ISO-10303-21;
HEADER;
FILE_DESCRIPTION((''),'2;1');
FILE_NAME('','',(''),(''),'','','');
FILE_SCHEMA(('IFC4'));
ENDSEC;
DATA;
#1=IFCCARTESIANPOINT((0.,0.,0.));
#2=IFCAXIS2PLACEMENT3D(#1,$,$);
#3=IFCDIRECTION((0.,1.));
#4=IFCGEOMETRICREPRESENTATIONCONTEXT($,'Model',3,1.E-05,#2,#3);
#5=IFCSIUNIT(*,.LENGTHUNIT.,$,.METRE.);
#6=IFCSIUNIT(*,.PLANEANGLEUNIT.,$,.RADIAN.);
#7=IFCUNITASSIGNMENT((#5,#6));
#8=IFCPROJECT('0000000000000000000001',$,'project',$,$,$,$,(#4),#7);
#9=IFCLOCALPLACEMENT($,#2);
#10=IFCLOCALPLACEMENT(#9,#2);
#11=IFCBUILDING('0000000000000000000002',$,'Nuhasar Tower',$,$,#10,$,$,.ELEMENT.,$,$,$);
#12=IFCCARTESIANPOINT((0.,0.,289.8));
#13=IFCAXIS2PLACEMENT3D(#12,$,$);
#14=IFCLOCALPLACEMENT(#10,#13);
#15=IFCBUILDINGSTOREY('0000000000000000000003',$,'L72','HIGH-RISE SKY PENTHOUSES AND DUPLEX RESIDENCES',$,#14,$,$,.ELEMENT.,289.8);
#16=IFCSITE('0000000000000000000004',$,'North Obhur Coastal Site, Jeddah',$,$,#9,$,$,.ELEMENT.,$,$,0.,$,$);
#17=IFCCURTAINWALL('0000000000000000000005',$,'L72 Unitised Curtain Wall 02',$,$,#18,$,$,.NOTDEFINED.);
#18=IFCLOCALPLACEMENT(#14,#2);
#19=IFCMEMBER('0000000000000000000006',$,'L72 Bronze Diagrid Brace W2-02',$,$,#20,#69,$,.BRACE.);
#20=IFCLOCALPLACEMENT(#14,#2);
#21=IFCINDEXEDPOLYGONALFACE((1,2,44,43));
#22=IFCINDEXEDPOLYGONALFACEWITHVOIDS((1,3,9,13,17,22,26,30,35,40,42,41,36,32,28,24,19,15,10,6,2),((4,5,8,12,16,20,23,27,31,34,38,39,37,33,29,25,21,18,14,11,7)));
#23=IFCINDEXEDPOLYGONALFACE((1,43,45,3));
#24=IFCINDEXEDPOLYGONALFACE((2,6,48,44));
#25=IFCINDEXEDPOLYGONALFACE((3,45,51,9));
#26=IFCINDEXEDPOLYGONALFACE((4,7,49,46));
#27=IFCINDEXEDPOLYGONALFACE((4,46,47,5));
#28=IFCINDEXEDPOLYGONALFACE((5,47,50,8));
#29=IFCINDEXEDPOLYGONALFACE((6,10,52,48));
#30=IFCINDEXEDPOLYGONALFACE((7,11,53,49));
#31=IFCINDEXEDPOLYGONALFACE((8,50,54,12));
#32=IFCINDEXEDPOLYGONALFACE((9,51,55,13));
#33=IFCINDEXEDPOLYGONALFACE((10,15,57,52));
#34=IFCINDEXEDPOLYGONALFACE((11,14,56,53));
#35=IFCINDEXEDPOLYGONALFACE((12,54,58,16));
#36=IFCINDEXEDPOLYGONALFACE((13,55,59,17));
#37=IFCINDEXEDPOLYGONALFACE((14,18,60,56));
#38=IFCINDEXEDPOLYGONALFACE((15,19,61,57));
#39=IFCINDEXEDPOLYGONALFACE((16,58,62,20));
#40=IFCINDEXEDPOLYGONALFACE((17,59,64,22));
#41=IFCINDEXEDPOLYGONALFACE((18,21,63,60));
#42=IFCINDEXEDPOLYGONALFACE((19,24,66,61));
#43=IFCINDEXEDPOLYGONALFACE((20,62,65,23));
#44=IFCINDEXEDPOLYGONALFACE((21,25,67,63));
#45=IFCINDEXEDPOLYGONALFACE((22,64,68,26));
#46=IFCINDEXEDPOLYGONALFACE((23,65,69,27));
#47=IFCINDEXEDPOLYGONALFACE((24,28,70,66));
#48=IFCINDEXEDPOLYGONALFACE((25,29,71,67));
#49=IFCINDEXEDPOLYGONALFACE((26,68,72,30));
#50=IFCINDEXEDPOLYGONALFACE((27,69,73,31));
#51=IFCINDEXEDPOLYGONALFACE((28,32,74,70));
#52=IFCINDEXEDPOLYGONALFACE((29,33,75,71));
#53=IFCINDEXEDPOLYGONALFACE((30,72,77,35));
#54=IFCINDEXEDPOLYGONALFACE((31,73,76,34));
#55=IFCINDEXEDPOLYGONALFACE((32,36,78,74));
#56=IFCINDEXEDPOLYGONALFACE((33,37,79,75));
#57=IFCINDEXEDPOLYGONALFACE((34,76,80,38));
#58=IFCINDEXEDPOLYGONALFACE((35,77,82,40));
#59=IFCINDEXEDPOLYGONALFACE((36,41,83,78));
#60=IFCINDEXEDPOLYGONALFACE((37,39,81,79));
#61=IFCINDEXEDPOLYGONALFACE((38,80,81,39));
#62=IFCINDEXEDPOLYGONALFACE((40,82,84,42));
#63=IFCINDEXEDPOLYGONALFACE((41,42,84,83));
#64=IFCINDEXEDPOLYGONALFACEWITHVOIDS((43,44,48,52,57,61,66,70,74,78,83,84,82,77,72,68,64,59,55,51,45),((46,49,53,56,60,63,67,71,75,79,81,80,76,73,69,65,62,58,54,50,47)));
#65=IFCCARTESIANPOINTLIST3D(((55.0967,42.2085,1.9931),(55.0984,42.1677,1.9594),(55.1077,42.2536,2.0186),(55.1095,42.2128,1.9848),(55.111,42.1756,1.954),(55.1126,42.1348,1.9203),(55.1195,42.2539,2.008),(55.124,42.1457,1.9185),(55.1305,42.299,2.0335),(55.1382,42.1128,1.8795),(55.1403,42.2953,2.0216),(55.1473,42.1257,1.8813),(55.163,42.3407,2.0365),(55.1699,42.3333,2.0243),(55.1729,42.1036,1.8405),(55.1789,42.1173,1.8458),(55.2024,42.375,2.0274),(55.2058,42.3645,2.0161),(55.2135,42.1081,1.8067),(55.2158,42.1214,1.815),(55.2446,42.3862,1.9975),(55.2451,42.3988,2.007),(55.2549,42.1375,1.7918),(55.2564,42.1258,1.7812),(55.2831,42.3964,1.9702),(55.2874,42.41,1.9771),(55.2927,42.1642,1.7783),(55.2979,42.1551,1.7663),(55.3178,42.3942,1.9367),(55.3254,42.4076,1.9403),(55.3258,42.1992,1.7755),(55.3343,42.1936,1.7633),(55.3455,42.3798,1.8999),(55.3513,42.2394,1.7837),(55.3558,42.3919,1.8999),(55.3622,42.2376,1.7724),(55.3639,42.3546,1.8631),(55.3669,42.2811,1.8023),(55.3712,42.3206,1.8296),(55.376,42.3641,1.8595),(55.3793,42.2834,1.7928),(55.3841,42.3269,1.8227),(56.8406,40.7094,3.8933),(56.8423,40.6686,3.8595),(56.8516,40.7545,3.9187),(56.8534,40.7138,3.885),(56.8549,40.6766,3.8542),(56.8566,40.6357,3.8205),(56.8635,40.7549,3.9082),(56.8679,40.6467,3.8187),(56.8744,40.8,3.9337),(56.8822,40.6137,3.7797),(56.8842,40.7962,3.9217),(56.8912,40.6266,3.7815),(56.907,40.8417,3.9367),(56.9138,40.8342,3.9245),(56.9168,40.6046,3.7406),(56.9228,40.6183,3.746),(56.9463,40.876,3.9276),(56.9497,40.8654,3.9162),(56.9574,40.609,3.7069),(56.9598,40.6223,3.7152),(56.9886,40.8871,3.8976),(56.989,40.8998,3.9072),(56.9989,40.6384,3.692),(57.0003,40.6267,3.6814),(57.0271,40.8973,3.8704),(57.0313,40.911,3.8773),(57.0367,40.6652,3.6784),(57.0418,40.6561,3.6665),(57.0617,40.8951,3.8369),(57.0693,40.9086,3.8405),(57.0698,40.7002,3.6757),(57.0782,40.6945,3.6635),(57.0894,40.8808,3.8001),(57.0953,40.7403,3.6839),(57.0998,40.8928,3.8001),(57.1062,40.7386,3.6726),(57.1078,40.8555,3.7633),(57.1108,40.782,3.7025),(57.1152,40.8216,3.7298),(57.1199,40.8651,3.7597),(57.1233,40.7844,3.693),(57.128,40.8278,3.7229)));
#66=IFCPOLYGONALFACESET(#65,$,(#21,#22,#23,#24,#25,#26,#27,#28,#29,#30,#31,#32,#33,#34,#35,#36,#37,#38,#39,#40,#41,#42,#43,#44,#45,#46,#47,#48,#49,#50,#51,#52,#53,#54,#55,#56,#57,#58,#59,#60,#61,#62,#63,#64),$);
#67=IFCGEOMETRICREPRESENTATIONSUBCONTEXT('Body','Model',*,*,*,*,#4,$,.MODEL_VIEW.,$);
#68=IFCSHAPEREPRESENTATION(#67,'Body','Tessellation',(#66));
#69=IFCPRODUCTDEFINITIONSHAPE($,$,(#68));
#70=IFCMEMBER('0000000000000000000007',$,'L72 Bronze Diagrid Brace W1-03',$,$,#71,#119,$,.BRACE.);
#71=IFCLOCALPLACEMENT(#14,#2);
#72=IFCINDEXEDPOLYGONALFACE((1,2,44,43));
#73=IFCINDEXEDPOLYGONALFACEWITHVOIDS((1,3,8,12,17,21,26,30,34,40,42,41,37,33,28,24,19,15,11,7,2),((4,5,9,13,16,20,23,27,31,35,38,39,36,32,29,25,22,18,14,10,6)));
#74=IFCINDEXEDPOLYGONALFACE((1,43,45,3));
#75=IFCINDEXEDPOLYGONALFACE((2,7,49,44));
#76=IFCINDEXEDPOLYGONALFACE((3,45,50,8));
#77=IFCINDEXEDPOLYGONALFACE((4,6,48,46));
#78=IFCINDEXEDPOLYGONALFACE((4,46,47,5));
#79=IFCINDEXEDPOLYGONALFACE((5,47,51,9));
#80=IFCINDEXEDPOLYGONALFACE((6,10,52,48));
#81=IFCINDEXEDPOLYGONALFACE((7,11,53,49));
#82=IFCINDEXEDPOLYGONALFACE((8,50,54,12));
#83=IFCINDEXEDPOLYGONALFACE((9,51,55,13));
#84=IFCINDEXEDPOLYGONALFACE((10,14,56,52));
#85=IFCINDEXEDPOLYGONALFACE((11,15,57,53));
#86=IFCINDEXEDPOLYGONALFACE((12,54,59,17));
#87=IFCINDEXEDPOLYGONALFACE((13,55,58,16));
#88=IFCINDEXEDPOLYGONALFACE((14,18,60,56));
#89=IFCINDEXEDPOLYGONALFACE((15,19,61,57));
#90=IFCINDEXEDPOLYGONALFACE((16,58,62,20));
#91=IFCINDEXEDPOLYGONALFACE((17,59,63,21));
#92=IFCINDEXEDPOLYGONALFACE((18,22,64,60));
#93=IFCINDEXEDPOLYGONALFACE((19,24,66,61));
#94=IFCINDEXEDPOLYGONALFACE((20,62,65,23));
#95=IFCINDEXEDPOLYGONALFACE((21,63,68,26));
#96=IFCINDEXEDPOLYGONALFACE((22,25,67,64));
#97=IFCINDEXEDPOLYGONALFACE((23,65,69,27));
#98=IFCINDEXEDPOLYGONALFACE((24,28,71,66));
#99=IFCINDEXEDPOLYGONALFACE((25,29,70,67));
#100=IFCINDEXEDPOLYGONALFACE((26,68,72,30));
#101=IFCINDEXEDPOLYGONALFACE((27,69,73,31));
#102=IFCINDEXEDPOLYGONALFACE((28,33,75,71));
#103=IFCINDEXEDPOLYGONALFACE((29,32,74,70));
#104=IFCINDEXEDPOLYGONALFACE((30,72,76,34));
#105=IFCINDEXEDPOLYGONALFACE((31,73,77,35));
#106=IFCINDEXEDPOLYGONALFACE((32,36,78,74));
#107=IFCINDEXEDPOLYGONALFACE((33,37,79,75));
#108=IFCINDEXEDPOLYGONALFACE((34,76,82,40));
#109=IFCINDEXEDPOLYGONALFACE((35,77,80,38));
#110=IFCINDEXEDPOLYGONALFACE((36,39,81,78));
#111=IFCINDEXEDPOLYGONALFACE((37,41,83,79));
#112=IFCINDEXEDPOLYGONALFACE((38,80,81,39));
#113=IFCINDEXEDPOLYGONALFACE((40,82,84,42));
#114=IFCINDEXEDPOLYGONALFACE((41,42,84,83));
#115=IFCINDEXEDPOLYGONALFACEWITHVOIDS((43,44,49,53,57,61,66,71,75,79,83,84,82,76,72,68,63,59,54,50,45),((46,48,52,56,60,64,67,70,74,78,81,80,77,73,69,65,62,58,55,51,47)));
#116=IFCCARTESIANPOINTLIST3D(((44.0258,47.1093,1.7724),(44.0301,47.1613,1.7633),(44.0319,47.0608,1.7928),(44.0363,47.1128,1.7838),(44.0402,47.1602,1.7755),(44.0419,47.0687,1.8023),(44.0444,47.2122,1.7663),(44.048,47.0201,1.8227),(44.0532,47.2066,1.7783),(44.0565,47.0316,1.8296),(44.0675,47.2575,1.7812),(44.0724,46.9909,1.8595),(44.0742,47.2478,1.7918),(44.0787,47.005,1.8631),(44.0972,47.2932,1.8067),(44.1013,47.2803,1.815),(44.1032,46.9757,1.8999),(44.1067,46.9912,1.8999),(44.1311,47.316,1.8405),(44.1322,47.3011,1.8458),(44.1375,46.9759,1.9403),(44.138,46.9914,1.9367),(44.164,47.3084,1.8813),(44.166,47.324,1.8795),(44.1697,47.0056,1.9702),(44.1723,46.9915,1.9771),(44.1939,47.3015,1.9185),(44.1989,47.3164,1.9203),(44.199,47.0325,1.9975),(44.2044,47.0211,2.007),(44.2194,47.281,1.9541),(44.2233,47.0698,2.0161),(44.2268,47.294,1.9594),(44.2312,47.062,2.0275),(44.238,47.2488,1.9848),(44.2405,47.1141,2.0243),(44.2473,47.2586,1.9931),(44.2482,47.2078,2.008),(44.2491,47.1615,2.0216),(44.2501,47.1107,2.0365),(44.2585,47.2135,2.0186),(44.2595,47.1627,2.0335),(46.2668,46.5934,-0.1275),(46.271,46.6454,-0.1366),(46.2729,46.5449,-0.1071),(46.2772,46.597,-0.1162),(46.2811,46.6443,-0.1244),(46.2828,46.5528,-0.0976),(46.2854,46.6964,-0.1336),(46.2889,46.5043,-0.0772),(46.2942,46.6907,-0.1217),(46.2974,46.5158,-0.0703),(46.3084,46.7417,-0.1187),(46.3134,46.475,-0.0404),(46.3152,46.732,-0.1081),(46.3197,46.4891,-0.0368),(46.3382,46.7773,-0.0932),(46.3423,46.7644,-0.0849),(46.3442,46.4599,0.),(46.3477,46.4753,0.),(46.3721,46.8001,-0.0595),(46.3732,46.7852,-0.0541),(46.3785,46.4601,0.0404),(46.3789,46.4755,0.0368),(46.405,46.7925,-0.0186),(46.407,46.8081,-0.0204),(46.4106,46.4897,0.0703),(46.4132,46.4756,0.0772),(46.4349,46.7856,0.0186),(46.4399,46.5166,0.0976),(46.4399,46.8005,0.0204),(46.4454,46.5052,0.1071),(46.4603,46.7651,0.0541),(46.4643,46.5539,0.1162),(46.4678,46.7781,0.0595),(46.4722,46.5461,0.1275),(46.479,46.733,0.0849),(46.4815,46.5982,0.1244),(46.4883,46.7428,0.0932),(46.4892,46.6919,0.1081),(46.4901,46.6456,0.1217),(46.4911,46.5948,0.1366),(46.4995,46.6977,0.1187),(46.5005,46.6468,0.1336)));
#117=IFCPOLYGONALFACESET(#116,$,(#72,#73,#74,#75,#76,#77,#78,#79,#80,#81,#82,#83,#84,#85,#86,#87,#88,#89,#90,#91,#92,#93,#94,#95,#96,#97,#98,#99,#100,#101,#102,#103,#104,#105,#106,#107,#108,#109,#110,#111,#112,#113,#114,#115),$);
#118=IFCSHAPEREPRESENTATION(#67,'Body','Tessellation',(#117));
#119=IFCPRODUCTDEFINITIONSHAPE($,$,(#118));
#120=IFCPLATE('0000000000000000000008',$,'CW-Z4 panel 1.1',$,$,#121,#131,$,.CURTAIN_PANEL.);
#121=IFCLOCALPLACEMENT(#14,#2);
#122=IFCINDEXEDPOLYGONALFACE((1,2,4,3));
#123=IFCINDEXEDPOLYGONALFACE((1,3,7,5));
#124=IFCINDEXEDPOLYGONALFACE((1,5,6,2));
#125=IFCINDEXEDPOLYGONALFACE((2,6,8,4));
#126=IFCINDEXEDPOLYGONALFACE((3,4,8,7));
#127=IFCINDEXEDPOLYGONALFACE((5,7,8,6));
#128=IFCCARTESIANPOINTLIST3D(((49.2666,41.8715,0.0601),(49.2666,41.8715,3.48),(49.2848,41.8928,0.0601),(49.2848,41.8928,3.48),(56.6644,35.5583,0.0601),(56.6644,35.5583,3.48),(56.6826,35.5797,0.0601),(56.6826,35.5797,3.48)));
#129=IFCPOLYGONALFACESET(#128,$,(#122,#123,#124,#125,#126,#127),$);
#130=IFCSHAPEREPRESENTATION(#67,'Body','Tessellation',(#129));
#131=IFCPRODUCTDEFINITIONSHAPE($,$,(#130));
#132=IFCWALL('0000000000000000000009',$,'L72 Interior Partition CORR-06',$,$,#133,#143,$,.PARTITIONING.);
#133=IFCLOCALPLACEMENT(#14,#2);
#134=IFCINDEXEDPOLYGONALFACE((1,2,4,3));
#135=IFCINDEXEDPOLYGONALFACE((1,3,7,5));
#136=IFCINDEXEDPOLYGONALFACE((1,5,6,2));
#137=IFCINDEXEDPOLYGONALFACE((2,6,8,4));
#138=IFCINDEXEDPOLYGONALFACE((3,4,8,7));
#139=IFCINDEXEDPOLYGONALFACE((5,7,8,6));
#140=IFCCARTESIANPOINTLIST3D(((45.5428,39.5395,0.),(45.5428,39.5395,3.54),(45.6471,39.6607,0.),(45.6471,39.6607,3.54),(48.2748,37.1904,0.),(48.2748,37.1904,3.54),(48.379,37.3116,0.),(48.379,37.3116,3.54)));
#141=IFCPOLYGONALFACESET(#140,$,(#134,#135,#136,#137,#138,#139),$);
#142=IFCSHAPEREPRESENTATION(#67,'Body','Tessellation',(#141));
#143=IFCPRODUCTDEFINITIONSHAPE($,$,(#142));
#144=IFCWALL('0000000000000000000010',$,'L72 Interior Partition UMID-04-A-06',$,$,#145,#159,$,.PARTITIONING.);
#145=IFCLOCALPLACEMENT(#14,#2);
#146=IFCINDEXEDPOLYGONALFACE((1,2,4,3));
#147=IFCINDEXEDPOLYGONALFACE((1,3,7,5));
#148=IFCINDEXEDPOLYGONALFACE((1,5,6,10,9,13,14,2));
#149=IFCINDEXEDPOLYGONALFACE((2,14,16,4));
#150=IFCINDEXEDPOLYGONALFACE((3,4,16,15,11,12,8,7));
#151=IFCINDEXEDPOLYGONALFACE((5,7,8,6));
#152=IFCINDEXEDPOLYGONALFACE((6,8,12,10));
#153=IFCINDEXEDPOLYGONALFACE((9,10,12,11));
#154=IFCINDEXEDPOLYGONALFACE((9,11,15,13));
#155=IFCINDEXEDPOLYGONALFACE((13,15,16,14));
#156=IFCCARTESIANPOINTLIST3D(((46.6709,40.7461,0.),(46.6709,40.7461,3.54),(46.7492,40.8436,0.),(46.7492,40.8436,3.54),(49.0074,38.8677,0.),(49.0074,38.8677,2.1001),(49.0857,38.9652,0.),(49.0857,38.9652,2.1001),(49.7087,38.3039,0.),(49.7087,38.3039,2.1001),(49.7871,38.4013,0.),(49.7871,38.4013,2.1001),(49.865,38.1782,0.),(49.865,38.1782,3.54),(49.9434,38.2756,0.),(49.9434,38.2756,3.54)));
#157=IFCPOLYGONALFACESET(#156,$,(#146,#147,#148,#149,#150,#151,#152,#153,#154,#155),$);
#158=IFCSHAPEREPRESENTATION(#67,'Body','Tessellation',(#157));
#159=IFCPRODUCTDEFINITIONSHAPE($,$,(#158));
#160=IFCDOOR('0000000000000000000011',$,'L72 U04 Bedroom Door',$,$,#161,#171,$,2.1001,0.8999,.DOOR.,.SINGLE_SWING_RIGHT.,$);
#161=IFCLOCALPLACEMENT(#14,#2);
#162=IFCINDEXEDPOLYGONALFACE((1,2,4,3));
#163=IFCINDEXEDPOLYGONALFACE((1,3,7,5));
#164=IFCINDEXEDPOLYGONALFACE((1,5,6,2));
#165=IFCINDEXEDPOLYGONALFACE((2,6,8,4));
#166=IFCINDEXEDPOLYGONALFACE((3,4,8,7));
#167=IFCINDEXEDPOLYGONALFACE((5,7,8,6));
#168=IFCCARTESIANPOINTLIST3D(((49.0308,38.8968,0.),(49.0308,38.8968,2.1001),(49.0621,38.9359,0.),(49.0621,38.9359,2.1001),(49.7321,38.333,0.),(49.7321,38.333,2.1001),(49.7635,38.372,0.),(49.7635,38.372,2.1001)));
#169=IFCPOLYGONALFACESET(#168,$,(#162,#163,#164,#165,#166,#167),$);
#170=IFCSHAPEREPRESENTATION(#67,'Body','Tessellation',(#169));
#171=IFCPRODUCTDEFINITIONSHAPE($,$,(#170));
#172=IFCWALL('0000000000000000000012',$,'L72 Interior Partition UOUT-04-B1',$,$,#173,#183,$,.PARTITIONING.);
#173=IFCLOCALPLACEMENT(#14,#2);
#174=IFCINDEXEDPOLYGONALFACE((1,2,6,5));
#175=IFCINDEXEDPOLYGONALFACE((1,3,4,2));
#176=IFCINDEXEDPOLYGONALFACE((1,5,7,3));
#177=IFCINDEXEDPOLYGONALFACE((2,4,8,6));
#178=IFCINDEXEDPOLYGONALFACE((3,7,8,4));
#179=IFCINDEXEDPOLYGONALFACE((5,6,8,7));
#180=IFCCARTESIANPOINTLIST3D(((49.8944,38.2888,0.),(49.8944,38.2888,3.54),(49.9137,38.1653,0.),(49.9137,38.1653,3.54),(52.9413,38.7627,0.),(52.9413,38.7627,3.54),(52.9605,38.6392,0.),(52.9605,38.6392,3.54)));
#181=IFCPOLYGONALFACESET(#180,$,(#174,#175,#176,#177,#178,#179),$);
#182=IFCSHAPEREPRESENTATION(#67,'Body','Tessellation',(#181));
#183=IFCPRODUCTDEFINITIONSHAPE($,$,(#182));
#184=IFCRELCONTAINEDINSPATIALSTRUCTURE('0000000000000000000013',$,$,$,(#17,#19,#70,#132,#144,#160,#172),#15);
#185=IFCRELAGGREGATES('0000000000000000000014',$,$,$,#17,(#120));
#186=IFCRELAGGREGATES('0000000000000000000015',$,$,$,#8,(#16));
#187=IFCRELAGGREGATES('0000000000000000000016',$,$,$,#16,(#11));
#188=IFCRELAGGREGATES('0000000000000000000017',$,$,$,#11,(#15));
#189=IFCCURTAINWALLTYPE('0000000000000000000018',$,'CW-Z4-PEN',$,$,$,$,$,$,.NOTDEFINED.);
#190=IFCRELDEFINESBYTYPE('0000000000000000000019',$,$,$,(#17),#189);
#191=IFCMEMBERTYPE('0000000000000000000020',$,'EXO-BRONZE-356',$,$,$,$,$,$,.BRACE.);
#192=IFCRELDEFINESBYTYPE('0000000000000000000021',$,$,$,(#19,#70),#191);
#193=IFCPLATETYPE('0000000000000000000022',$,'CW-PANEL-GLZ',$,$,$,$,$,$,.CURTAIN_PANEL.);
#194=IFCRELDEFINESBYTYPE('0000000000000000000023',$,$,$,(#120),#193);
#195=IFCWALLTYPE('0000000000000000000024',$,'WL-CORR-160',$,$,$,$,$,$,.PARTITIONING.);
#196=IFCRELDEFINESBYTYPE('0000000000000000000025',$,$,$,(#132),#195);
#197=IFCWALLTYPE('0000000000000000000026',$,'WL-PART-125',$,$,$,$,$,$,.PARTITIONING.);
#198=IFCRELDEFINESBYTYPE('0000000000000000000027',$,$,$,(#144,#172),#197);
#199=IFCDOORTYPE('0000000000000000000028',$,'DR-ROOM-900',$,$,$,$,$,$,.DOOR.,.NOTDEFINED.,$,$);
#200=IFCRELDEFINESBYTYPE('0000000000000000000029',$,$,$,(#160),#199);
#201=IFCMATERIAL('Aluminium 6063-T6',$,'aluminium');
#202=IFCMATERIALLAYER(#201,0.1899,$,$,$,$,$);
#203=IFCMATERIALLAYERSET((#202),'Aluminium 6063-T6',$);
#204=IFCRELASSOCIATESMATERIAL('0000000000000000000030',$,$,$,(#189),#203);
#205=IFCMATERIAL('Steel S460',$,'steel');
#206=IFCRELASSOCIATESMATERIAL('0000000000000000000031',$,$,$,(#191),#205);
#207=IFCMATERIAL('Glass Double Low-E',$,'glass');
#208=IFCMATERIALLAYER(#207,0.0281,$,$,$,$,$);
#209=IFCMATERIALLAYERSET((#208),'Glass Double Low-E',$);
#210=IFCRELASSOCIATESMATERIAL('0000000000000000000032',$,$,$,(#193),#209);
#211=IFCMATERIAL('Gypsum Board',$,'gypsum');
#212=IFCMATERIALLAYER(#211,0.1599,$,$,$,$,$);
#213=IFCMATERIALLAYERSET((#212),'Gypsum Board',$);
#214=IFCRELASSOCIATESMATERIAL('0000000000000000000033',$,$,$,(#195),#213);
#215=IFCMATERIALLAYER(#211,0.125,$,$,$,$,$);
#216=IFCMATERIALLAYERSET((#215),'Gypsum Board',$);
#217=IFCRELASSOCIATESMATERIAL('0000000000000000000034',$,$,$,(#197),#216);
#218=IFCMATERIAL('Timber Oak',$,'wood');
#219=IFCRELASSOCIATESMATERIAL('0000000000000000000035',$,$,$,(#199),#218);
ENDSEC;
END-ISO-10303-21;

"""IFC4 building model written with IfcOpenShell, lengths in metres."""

from ifc_helpers import new_model, si_unit, direction, frame, frame_2d, origin, origin_2d, place, context, subcontext, project, spatial, rectangle, hollow_circle, extrude, material, layer, layer_set, material_profile, profile_set, type_object, element, fill, aggregate, save


model = new_model("IFC4")

# Units and contexts
model_context = context("Model", 3, precision=1e-05, world=origin(), true_north=direction((0.0, 1.0)))
body_context = subcontext(model_context, "Body", "Model", "MODEL_VIEW")
ifc_project = project(units=[si_unit("LENGTHUNIT", "METRE"), si_unit("PLANEANGLEUNIT", "RADIAN")], contexts=[model_context])

# Site, building, storey
site_placement = place(None, origin())
site = spatial("IfcSite", under=ifc_project, at=site_placement, Name="North Obhur Coastal Site, Jeddah", CompositionType="ELEMENT", RefElevation=0.0)
building_placement = place(site_placement, origin())
building = spatial("IfcBuilding", under=site, at=building_placement, Name="Nuhasar Tower", CompositionType="ELEMENT")
storey_placement = place(building_placement, frame((0.0, 0.0, 289.8)))
storey = spatial("IfcBuildingStorey", under=building, at=storey_placement, Name="L72", Description="HIGH-RISE SKY PENTHOUSES AND DUPLEX RESIDENCES", CompositionType="ELEMENT", Elevation=289.8)

# Curtain wall
ifc_material_1 = material(Name="Aluminium 6063-T6", Category="aluminium")
ifc_layer_1 = layer(ifc_material_1, 0.1899)
ifc_layer_set_1 = layer_set([ifc_layer_1], Name="Aluminium 6063-T6")
curtain_wall_type = type_object("IfcCurtainWallType", Name="CW-Z4-PEN", PredefinedType="NOTDEFINED", material=ifc_layer_set_1)
curtain_wall_1_placement = place(storey_placement, origin())
curtain_wall_1 = element("IfcCurtainWall", 1, at=curtain_wall_1_placement, inside=storey, type_object=curtain_wall_type, Name="L72 Unitised Curtain Wall 02", PredefinedType="NOTDEFINED")

# Members
ifc_material_2 = material(Name="Steel S460", Category="steel")
ifc_material_profile_1 = material_profile(ifc_material_2, hollow_circle(Radius=0.1777, WallThickness=0.0159, at=origin_2d()), Name="HSS355.6X15.9")
ifc_profile_set_1 = profile_set([ifc_material_profile_1], Name="Steel S460")
member_type_1 = type_object("IfcMemberType", Name="EXO-BRONZE-356", PredefinedType="BRACE", material=ifc_profile_set_1)
member_1_placement = place(storey_placement, frame((55.24, 42.2571, 1.8999), z_axis=(0.584595, -0.502508, 0.636973), x_axis=(0.651857, 0.758342, 0.0)))
element("IfcMember", 2, at=member_1_placement, inside=storey, type_object=member_type_1, Name="L72 Bronze Diagrid Brace W2-02", PredefinedType="BRACE", context=body_context, shape_type="SweptSolid", body=[
    extrude(hollow_circle(Radius=0.1777, WallThickness=0.0159, at=origin_2d()), origin(), (0.0, 0.0, 1.0), 2.9832),
])
member_2_placement = place(storey_placement, frame((46.384, 46.6331, 0.0), z_axis=(-0.751272, 0.172942, 0.636932), x_axis=(-0.224332, -0.974513, 0.0)))
element("IfcMember", 3, at=member_2_placement, inside=storey, type_object=member_type_1, Name="L72 Bronze Diagrid Brace W1-03", PredefinedType="BRACE", context=body_context, shape_type="SweptSolid", body=[
    extrude(hollow_circle(Radius=0.1777, WallThickness=0.0159, at=origin_2d()), origin(), (0.0, 0.0, 1.0), 2.9829),
])

# Plate
ifc_material_3 = material(Name="Glass Double Low-E", Category="glass")
ifc_layer_2 = layer(ifc_material_3, 0.0281)
ifc_layer_set_2 = layer_set([ifc_layer_2], Name="Glass Double Low-E")
plate_type = type_object("IfcPlateType", Name="CW-PANEL-GLZ", PredefinedType="CURTAIN_PANEL", material=ifc_layer_set_2)
plate_placement = place(storey_placement, frame((52.9746, 38.7256, 0.0601), z_axis=(0.0, 0.0, 1.0), x_axis=(-0.760667, 0.649142, 0.0)))
plate = element("IfcPlate", 4, at=plate_placement, type_object=plate_type, Name="CW-Z4 panel 1.1", PredefinedType="CURTAIN_PANEL", context=body_context, shape_type="SweptSolid", body=[
    extrude(rectangle(XDim=9.7253, YDim=0.0281, at=origin_2d()), origin(), (0.0, 0.0, 1.0), 3.4199),
])
aggregate(curtain_wall_1, [plate])

# Wall
ifc_material_4 = material(Name="Gypsum Board", Category="gypsum")
ifc_layer_3 = layer(ifc_material_4, 0.1599)
ifc_layer_set_3 = layer_set([ifc_layer_3], Name="Gypsum Board")
wall_type_1 = type_object("IfcWallType", Name="WL-CORR-160", PredefinedType="PARTITIONING", material=ifc_layer_set_3)
wall_1_placement = place(storey_placement, frame((48.3269, 37.251, 0.0), z_axis=(0.0, 0.0, 1.0), x_axis=(-0.758232, 0.651985, 0.0)))
element("IfcWall", 5, at=wall_1_placement, inside=storey, type_object=wall_type_1, Name="L72 Interior Partition CORR-06", PredefinedType="PARTITIONING", context=body_context, shape_type="SweptSolid", body=[
    extrude(rectangle(XDim=3.603, YDim=0.1599, at=frame_2d((1.8015, 0.0))), origin(), (0.0, 0.0, 1.0), 3.54),
])

# Wall, opening, door
ifc_layer_4 = layer(ifc_material_4, 0.125)
ifc_layer_set_4 = layer_set([ifc_layer_4], Name="Gypsum Board")
wall_type_2 = type_object("IfcWallType", Name="WL-PART-125", PredefinedType="PARTITIONING", material=ifc_layer_set_4)
wall_2_placement = place(storey_placement, frame((46.71, 40.7949, 0.0), z_axis=(0.0, 0.0, 1.0), x_axis=(0.779367, -0.626568, 0.0)))
wall_2 = element("IfcWall", 6, at=wall_2_placement, inside=storey, type_object=wall_type_2, Name="L72 Interior Partition UMID-04-A-06", PredefinedType="PARTITIONING", context=body_context, shape_type="SweptSolid", body=[
    extrude(rectangle(XDim=4.0984, YDim=0.125, at=frame_2d((2.0493, 0.0))), origin(), (0.0, 0.0, 1.0), 3.54),
])
opening_placement = place(wall_2_placement, frame((2.998, 0.0, 0.0)))
opening = element("IfcOpeningElement", 7, at=opening_placement, cuts=wall_2, PredefinedType="OPENING", context=body_context, shape_type="SweptSolid", body=[
    extrude(rectangle(XDim=0.8999, YDim=2.1001, at=frame_2d((0.45, 1.05))), frame((0.0, 0.0725, 0.0), z_axis=(0.0, -1.0, 0.0), x_axis=(1.0, 0.0, 0.0)), (0.0, 0.0, 1.0), 0.145),
])
ifc_material_5 = material(Name="Timber Oak", Category="wood")
door_type = type_object("IfcDoorType", Name="DR-ROOM-900", OperationType="NOTDEFINED", PredefinedType="DOOR", material=ifc_material_5)
door_placement = place(opening_placement, origin())
door = element("IfcDoor", 8, at=door_placement, inside=storey, type_object=door_type, Name="L72 U04 Bedroom Door", OperationType="SINGLE_SWING_RIGHT", OverallHeight=2.1001, OverallWidth=0.8999, PredefinedType="DOOR", context=body_context, shape_type="SweptSolid", body=[
    extrude(rectangle(XDim=0.8999, YDim=2.1001, at=frame_2d((0.45, 1.05))), frame((0.0, 0.0249, 0.0), z_axis=(0.0, -1.0, 0.0), x_axis=(1.0, 0.0, 0.0)), (0.0, 0.0, 1.0), 0.05),
])
fill(opening, door)

# Wall
wall_3_placement = place(storey_placement, frame((49.9041, 38.2271, 0.0), z_axis=(0.0, 0.0, 1.0), x_axis=(0.98812, 0.153681, 0.0)))
element("IfcWall", 9, at=wall_3_placement, inside=storey, type_object=wall_type_2, Name="L72 Interior Partition UOUT-04-B1", PredefinedType="PARTITIONING", context=body_context, shape_type="SweptSolid", body=[
    extrude(rectangle(XDim=3.0835, YDim=0.125, at=frame_2d((1.5417, 0.0))), origin(), (0.0, 0.0, 1.0), 3.54),
])

save(model, "model.ifc")
